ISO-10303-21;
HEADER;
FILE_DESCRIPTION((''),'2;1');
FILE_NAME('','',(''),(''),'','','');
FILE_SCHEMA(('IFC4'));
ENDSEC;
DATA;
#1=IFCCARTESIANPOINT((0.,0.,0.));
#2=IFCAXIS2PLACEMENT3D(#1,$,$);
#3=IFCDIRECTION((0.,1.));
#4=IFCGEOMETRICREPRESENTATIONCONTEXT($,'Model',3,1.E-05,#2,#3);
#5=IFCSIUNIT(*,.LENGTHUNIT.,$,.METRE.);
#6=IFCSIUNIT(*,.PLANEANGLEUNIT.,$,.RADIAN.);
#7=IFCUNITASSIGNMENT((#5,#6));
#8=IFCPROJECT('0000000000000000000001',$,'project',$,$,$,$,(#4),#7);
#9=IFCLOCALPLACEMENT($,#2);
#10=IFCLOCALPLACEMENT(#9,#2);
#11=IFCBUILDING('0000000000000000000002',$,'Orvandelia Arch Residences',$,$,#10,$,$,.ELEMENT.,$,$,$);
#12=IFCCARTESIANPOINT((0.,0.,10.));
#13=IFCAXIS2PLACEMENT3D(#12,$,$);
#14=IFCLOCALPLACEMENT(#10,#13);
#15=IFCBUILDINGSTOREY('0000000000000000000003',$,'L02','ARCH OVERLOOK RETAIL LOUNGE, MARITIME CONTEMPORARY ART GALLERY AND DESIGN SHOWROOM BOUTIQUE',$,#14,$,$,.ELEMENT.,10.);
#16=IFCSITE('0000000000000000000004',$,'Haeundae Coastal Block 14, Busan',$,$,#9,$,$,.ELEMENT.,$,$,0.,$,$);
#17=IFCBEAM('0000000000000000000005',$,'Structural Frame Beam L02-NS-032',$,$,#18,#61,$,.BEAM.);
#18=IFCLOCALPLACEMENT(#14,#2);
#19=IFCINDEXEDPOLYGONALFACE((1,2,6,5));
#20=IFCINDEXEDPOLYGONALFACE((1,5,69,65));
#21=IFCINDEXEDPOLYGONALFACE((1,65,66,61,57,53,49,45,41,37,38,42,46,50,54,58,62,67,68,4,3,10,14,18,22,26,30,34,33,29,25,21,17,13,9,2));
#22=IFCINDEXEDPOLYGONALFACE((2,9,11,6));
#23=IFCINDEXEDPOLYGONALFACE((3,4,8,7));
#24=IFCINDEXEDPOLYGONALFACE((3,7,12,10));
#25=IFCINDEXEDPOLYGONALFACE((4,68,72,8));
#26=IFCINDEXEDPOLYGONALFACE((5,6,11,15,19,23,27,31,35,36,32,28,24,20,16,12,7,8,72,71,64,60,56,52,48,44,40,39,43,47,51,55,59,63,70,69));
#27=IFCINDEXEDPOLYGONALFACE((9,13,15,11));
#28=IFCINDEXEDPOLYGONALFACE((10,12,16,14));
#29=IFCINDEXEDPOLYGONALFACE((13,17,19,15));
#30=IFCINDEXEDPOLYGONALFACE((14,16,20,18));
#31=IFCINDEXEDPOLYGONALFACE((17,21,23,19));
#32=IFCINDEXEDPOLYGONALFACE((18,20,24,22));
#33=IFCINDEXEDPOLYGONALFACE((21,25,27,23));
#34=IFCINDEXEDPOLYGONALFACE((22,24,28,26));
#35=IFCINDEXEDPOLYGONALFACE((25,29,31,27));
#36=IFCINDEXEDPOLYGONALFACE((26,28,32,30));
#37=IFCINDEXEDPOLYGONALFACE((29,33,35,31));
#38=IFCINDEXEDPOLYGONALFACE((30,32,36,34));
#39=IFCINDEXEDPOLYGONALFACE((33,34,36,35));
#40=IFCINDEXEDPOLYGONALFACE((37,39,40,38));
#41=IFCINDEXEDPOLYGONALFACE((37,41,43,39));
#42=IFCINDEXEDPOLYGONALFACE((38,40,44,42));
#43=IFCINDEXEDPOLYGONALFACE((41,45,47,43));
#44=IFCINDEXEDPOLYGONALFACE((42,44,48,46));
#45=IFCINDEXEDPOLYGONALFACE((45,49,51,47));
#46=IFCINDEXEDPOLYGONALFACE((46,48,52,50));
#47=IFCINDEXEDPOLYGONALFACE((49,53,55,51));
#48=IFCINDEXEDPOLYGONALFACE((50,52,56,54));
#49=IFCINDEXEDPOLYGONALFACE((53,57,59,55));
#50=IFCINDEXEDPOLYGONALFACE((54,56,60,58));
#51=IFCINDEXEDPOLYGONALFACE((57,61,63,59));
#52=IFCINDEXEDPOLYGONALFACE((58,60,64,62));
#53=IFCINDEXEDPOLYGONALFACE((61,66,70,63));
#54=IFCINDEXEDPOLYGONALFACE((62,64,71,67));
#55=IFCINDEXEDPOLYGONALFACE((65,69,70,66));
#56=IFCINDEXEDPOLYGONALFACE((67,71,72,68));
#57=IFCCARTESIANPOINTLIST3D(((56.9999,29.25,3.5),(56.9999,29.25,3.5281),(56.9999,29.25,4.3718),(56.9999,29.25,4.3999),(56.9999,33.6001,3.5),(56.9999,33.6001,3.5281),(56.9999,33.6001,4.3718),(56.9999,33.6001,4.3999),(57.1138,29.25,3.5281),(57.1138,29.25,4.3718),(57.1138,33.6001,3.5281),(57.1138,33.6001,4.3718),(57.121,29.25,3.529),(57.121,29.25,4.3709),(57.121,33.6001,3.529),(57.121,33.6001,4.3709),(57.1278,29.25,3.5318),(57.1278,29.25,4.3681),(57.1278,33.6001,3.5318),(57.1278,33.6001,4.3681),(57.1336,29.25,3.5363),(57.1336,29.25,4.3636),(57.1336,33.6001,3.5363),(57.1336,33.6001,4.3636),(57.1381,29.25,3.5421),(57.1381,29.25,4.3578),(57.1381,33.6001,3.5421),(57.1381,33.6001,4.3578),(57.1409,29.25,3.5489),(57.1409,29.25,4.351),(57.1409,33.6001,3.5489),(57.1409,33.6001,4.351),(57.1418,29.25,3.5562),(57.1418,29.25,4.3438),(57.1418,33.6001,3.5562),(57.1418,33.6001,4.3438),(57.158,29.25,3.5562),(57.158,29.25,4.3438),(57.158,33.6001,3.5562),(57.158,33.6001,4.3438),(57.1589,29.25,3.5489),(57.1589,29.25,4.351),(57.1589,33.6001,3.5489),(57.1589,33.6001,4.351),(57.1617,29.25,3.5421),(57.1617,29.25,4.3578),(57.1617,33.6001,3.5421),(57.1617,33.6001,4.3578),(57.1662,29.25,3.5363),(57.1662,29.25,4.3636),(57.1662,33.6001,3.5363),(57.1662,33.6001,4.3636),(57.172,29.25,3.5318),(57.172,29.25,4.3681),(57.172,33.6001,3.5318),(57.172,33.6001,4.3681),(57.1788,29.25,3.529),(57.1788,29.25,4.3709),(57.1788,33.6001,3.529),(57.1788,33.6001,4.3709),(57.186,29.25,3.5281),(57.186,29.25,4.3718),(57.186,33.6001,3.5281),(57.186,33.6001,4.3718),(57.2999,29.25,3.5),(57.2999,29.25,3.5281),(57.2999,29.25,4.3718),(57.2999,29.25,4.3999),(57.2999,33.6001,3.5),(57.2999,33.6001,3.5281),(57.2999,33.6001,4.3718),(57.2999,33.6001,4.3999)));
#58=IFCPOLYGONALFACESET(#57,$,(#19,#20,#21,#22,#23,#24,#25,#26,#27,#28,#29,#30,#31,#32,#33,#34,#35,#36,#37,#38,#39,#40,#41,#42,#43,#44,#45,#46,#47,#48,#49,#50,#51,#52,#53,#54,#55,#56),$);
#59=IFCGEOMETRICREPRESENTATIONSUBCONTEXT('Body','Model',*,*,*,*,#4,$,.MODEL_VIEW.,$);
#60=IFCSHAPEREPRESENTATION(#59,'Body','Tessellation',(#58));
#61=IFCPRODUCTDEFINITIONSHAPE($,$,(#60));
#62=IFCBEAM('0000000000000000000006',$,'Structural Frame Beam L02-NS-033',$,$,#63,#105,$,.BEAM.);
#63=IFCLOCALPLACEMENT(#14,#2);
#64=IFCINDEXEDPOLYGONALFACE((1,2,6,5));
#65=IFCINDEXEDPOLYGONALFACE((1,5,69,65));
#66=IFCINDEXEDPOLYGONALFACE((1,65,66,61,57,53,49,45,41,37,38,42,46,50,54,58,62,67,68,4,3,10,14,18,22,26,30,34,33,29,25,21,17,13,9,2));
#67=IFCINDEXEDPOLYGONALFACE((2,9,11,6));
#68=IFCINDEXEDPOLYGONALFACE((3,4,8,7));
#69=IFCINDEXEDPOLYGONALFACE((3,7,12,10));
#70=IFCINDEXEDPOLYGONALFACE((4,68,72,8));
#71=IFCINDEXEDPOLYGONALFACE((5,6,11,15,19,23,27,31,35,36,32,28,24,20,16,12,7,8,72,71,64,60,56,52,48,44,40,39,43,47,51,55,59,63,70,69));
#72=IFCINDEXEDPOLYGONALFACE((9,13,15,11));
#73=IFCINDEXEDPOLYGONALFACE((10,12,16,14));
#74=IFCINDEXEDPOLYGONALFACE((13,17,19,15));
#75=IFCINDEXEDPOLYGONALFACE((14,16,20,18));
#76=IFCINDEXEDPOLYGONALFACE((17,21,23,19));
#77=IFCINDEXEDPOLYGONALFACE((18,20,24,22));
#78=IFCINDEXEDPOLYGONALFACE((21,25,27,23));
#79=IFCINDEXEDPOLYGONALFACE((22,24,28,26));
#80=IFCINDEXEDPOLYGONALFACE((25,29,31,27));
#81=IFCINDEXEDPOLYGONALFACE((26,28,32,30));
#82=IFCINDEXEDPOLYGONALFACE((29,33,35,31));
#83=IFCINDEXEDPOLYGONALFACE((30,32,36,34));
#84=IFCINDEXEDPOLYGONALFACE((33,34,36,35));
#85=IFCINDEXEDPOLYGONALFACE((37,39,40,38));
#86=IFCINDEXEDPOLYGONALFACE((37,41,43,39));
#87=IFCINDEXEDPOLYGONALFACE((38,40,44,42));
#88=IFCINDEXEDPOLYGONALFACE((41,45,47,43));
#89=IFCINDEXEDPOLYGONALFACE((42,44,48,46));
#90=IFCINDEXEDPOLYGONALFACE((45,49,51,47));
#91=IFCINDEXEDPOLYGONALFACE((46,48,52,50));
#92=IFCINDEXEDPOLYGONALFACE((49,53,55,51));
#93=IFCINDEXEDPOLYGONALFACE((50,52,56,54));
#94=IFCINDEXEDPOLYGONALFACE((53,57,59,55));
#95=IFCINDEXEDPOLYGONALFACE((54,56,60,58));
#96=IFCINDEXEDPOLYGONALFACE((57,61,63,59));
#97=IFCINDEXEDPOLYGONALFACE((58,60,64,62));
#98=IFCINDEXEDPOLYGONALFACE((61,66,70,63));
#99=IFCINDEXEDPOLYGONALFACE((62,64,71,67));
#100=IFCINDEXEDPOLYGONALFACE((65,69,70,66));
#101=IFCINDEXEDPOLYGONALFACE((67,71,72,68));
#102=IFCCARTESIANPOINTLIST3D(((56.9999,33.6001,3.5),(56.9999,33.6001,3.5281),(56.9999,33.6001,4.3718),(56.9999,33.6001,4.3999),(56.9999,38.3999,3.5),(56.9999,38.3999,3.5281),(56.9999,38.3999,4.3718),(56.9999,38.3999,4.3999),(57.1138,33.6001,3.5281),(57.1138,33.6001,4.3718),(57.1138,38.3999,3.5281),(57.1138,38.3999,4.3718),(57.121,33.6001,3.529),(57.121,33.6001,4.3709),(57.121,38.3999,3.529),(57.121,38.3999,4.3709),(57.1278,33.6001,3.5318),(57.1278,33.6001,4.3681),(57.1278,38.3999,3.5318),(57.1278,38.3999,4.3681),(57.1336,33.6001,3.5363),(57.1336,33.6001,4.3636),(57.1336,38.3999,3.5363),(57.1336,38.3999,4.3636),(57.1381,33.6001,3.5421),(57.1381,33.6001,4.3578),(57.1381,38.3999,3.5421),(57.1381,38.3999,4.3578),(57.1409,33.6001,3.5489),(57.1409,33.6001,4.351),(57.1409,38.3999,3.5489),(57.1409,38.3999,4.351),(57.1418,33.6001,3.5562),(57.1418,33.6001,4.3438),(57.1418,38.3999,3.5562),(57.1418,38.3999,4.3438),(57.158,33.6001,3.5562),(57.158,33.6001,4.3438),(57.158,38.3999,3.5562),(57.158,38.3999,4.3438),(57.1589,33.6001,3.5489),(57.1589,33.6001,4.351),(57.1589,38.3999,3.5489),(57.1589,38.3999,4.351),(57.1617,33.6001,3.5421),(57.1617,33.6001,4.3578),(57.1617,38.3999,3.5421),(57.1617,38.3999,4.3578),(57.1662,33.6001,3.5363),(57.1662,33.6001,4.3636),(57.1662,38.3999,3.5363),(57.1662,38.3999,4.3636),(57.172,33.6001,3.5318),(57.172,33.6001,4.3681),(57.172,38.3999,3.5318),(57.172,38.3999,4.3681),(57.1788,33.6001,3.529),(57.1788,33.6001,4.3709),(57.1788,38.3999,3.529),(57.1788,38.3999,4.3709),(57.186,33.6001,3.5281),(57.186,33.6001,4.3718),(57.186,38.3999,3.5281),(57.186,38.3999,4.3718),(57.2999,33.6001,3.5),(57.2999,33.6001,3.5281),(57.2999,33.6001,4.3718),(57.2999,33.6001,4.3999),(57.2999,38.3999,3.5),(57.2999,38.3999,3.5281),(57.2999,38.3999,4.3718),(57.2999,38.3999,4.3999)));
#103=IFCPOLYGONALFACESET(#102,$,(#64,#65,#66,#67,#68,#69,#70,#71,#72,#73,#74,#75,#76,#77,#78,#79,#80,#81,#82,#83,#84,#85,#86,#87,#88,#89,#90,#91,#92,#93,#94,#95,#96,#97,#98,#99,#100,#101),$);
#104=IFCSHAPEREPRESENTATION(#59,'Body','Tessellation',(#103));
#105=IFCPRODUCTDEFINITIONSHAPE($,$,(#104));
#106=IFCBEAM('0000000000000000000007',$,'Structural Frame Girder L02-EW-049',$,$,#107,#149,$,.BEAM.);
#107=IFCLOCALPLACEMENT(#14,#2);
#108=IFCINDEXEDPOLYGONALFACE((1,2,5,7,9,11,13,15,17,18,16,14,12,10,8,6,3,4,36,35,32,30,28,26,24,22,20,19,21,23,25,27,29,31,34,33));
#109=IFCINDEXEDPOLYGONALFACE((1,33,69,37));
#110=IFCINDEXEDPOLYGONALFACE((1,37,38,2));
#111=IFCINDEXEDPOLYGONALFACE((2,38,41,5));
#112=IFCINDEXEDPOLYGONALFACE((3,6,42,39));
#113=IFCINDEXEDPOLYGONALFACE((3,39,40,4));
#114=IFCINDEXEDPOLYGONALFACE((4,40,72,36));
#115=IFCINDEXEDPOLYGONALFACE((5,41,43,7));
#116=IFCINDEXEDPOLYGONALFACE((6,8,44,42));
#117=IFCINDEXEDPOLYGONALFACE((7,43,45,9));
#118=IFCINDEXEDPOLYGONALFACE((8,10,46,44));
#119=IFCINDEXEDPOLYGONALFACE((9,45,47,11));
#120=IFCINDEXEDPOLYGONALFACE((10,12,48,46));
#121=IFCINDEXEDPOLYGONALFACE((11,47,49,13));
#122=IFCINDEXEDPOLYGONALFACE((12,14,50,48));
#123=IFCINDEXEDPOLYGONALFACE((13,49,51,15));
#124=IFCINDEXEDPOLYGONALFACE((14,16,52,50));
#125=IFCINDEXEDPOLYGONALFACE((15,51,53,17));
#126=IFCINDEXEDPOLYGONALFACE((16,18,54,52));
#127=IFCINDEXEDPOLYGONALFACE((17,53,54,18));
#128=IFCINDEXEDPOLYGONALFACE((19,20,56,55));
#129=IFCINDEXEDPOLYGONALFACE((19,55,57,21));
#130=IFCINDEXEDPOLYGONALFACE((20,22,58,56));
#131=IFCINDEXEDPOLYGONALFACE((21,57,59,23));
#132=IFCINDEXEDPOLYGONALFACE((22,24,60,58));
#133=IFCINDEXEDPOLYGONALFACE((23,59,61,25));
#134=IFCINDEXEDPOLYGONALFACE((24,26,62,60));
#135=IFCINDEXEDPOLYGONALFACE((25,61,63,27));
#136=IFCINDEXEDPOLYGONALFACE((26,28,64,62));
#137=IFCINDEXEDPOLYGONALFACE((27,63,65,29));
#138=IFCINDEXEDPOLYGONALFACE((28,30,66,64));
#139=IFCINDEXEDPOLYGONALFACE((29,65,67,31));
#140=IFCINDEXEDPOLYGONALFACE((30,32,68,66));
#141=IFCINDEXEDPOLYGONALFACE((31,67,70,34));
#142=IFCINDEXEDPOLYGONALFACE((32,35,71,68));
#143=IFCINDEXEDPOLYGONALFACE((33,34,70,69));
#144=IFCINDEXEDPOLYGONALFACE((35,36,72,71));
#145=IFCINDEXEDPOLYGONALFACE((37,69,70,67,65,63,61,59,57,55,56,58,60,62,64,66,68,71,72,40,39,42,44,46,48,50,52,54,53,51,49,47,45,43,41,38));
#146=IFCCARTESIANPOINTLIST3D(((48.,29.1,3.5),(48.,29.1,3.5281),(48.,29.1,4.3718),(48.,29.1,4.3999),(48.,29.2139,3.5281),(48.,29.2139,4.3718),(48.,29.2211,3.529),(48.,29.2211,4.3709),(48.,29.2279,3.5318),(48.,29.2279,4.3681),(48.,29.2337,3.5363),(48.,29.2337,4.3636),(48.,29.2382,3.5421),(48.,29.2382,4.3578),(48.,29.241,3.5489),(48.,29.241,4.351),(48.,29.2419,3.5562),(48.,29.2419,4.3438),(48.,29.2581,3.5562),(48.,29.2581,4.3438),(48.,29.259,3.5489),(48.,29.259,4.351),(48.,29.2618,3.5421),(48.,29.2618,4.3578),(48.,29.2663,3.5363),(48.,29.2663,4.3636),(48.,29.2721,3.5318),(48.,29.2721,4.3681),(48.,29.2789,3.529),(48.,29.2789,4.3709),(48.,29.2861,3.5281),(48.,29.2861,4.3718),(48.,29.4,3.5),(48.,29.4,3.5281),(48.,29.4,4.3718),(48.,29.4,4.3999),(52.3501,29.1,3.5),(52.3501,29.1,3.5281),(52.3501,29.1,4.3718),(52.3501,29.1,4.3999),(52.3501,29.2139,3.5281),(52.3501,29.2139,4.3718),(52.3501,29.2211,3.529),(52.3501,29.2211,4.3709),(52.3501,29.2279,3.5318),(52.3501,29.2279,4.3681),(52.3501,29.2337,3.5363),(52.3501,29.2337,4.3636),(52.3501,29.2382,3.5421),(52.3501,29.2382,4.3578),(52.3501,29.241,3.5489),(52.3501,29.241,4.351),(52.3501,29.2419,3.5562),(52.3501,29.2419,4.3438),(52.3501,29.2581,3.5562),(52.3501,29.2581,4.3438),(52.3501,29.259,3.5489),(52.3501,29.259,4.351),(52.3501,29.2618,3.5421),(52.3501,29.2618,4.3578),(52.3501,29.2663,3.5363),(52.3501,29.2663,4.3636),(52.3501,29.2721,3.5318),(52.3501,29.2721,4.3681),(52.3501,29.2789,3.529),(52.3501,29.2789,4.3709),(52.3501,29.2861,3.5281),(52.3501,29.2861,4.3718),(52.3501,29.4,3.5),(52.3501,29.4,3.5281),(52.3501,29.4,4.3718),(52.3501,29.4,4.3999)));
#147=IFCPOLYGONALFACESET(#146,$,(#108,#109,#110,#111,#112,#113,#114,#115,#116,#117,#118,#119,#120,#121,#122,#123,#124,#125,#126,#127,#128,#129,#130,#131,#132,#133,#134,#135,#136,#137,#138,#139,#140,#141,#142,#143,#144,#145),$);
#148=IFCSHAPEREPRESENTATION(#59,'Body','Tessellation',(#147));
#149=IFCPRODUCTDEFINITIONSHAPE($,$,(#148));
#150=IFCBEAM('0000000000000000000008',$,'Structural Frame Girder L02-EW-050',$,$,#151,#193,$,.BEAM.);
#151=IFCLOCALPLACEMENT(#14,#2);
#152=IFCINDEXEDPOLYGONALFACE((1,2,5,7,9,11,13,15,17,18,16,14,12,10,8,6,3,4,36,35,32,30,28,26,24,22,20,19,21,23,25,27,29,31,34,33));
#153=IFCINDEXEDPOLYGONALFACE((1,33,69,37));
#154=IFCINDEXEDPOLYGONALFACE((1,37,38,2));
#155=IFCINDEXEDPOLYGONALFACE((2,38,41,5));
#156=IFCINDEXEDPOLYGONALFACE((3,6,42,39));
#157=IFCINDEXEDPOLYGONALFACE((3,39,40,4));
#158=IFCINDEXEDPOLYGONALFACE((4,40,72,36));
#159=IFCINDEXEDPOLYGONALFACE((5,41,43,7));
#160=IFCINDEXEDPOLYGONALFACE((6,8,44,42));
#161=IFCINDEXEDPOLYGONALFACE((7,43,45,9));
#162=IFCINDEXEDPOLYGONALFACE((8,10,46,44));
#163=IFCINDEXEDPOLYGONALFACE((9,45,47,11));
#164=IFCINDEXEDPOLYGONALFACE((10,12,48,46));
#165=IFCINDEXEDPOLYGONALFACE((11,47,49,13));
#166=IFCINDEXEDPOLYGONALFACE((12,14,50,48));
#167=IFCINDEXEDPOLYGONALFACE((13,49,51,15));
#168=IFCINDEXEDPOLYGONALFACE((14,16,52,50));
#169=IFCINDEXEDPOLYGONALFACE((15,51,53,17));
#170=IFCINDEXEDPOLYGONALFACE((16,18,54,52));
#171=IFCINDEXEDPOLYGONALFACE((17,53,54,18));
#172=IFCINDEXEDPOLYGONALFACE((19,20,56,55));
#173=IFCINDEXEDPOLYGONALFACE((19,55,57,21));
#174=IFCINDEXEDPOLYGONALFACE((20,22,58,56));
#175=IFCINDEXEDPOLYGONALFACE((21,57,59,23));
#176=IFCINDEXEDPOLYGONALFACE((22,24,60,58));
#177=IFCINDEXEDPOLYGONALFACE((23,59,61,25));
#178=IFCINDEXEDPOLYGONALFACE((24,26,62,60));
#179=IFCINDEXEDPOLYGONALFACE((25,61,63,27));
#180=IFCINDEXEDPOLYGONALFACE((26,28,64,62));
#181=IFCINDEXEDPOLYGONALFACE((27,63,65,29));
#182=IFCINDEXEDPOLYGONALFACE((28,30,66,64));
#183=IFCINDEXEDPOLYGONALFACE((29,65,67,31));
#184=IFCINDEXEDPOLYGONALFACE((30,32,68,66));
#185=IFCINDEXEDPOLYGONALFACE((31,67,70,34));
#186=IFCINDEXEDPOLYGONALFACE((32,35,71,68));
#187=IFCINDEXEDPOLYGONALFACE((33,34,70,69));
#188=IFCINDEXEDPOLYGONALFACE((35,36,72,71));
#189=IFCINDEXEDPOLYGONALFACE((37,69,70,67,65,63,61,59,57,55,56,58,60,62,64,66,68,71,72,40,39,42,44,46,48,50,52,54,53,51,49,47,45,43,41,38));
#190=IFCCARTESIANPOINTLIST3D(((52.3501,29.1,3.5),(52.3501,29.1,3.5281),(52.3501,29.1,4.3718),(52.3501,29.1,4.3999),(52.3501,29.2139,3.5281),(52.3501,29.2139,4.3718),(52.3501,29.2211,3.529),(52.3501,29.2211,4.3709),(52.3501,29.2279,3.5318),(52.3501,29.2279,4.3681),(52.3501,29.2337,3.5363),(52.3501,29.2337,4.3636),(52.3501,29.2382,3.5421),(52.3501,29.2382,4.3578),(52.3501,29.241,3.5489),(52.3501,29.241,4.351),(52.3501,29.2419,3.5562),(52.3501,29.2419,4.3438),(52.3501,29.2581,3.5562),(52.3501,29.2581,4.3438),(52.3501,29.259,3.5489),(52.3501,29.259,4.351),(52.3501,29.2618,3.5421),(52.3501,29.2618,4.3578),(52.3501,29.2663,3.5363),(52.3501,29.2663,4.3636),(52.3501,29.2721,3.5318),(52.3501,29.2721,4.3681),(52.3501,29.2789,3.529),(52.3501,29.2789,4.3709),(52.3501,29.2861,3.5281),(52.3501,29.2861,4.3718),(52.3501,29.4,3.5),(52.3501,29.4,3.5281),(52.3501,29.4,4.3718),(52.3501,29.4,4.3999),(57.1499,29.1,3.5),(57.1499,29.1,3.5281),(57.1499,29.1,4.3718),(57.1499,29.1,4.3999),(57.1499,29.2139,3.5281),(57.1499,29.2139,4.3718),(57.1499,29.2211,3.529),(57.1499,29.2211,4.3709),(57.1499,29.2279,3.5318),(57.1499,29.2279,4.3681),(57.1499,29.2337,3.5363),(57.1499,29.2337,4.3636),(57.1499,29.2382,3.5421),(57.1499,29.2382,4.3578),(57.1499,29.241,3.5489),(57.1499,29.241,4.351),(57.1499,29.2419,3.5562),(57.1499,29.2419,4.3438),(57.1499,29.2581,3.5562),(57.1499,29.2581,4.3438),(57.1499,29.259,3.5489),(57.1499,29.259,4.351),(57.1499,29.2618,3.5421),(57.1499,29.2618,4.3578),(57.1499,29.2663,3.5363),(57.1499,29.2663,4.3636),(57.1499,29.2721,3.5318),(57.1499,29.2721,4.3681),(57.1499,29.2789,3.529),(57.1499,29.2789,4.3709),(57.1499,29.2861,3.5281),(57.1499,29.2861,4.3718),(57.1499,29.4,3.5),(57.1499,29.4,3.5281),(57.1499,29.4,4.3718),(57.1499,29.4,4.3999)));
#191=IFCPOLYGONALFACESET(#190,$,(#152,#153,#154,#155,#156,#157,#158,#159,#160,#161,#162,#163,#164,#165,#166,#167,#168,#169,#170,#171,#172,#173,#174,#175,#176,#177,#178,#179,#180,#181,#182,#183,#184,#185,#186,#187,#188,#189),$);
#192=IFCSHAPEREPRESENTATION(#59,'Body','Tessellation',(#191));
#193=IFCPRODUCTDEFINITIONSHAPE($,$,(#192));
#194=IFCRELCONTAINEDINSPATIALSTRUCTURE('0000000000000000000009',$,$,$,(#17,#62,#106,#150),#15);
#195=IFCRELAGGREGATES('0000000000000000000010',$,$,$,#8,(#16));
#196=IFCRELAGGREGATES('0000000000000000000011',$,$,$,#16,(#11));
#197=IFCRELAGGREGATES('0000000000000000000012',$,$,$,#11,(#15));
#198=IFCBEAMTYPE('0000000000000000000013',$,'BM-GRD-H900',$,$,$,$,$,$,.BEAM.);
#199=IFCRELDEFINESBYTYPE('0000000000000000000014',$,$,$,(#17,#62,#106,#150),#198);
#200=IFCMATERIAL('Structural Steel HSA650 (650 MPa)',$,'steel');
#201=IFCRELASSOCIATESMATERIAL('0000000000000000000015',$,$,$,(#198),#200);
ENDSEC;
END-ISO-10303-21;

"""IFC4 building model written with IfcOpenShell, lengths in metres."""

from ifc_helpers import new_model, si_unit, direction, frame, origin, origin_2d, place, context, subcontext, project, spatial, i_section, extrude, material, material_profile, profile_set, type_object, element, save


model = new_model("IFC4")

# Units and contexts
model_context = context("Model", 3, precision=1e-05, world=origin(), true_north=direction((0.0, 1.0)))
body_context = subcontext(model_context, "Body", "Model", "MODEL_VIEW")
ifc_project = project(units=[si_unit("LENGTHUNIT", "METRE"), si_unit("PLANEANGLEUNIT", "RADIAN")], contexts=[model_context])

# Site, building, storey
site_placement = place(None, origin())
site = spatial("IfcSite", under=ifc_project, at=site_placement, Name="Haeundae Coastal Block 14, Busan", CompositionType="ELEMENT", RefElevation=0.0)
building_placement = place(site_placement, origin())
building = spatial("IfcBuilding", under=site, at=building_placement, Name="Orvandelia Arch Residences", CompositionType="ELEMENT")
storey_placement = place(building_placement, frame((0.0, 0.0, 10.0)))
storey = spatial("IfcBuildingStorey", under=building, at=storey_placement, Name="L02", Description="ARCH OVERLOOK RETAIL LOUNGE, MARITIME CONTEMPORARY ART GALLERY AND DESIGN SHOWROOM BOUTIQUE", CompositionType="ELEMENT", Elevation=10.0)

# Beams
ifc_material_1 = material(Name="Structural Steel HSA650 (650 MPa)", Category="steel")
ifc_material_profile_1 = material_profile(ifc_material_1, i_section(OverallWidth=0.3, OverallDepth=0.8999, WebThickness=0.0161, FlangeThickness=0.0281, FilletRadius=0.0281, at=origin_2d()), Name="Structural Steel HSA650 (650 MPa)", Category="steel")
ifc_profile_set_1 = profile_set([ifc_material_profile_1], Name="Structural Steel HSA650 (650 MPa)")
beam_type = type_object("IfcBeamType", Name="BM-GRD-H900", PredefinedType="BEAM", material=ifc_profile_set_1)
beam_1_placement = place(storey_placement, frame((57.1499, 29.25, 3.95), z_axis=(0.0, 1.0, 0.0), x_axis=(-1.0, 0.0, 0.0)))
element("IfcBeam", 1, at=beam_1_placement, inside=storey, type_object=beam_type, Name="Structural Frame Beam L02-NS-032", PredefinedType="BEAM", context=body_context, shape_type="SweptSolid", body=[
    extrude(i_section(OverallWidth=0.3, OverallDepth=0.8999, WebThickness=0.0161, FlangeThickness=0.0281, FilletRadius=0.0281, at=origin_2d()), origin(), (0.0, 0.0, 1.0), 4.3501),
])
beam_2_placement = place(storey_placement, frame((57.1499, 33.6001, 3.95), z_axis=(0.0, 1.0, 0.0), x_axis=(-1.0, 0.0, 0.0)))
element("IfcBeam", 2, at=beam_2_placement, inside=storey, type_object=beam_type, Name="Structural Frame Beam L02-NS-033", PredefinedType="BEAM", context=body_context, shape_type="SweptSolid", body=[
    extrude(i_section(OverallWidth=0.3, OverallDepth=0.8999, WebThickness=0.0161, FlangeThickness=0.0281, FilletRadius=0.0281, at=origin_2d()), origin(), (0.0, 0.0, 1.0), 4.7998),
])
beam_3_placement = place(storey_placement, frame((48.0, 29.25, 3.95), z_axis=(1.0, 0.0, 0.0), x_axis=(0.0, 1.0, 0.0)))
element("IfcBeam", 3, at=beam_3_placement, inside=storey, type_object=beam_type, Name="Structural Frame Girder L02-EW-049", PredefinedType="BEAM", context=body_context, shape_type="SweptSolid", body=[
    extrude(i_section(OverallWidth=0.3, OverallDepth=0.8999, WebThickness=0.0161, FlangeThickness=0.0281, FilletRadius=0.0281, at=origin_2d()), origin(), (0.0, 0.0, 1.0), 4.3501),
])
for number, where, z_axis, x_axis, name in (
    (4, (52.3501, 29.25, 3.95), (1.0, 0.0, 0.0), (0.0, 1.0, 0.0), "Structural Frame Girder L02-EW-050"),
):
    element("IfcBeam", number, at=place(storey_placement, frame(where, z_axis=z_axis, x_axis=x_axis)), inside=storey, type_object=beam_type, Name=name, PredefinedType="BEAM", context=body_context, shape_type="SweptSolid", body=[
        extrude(i_section(OverallWidth=0.3, OverallDepth=0.8999, WebThickness=0.0161, FlangeThickness=0.0281, FilletRadius=0.0281, at=origin_2d()), origin(), (0.0, 0.0, 1.0), 4.7998),
    ])

save(model, "model.ifc")
